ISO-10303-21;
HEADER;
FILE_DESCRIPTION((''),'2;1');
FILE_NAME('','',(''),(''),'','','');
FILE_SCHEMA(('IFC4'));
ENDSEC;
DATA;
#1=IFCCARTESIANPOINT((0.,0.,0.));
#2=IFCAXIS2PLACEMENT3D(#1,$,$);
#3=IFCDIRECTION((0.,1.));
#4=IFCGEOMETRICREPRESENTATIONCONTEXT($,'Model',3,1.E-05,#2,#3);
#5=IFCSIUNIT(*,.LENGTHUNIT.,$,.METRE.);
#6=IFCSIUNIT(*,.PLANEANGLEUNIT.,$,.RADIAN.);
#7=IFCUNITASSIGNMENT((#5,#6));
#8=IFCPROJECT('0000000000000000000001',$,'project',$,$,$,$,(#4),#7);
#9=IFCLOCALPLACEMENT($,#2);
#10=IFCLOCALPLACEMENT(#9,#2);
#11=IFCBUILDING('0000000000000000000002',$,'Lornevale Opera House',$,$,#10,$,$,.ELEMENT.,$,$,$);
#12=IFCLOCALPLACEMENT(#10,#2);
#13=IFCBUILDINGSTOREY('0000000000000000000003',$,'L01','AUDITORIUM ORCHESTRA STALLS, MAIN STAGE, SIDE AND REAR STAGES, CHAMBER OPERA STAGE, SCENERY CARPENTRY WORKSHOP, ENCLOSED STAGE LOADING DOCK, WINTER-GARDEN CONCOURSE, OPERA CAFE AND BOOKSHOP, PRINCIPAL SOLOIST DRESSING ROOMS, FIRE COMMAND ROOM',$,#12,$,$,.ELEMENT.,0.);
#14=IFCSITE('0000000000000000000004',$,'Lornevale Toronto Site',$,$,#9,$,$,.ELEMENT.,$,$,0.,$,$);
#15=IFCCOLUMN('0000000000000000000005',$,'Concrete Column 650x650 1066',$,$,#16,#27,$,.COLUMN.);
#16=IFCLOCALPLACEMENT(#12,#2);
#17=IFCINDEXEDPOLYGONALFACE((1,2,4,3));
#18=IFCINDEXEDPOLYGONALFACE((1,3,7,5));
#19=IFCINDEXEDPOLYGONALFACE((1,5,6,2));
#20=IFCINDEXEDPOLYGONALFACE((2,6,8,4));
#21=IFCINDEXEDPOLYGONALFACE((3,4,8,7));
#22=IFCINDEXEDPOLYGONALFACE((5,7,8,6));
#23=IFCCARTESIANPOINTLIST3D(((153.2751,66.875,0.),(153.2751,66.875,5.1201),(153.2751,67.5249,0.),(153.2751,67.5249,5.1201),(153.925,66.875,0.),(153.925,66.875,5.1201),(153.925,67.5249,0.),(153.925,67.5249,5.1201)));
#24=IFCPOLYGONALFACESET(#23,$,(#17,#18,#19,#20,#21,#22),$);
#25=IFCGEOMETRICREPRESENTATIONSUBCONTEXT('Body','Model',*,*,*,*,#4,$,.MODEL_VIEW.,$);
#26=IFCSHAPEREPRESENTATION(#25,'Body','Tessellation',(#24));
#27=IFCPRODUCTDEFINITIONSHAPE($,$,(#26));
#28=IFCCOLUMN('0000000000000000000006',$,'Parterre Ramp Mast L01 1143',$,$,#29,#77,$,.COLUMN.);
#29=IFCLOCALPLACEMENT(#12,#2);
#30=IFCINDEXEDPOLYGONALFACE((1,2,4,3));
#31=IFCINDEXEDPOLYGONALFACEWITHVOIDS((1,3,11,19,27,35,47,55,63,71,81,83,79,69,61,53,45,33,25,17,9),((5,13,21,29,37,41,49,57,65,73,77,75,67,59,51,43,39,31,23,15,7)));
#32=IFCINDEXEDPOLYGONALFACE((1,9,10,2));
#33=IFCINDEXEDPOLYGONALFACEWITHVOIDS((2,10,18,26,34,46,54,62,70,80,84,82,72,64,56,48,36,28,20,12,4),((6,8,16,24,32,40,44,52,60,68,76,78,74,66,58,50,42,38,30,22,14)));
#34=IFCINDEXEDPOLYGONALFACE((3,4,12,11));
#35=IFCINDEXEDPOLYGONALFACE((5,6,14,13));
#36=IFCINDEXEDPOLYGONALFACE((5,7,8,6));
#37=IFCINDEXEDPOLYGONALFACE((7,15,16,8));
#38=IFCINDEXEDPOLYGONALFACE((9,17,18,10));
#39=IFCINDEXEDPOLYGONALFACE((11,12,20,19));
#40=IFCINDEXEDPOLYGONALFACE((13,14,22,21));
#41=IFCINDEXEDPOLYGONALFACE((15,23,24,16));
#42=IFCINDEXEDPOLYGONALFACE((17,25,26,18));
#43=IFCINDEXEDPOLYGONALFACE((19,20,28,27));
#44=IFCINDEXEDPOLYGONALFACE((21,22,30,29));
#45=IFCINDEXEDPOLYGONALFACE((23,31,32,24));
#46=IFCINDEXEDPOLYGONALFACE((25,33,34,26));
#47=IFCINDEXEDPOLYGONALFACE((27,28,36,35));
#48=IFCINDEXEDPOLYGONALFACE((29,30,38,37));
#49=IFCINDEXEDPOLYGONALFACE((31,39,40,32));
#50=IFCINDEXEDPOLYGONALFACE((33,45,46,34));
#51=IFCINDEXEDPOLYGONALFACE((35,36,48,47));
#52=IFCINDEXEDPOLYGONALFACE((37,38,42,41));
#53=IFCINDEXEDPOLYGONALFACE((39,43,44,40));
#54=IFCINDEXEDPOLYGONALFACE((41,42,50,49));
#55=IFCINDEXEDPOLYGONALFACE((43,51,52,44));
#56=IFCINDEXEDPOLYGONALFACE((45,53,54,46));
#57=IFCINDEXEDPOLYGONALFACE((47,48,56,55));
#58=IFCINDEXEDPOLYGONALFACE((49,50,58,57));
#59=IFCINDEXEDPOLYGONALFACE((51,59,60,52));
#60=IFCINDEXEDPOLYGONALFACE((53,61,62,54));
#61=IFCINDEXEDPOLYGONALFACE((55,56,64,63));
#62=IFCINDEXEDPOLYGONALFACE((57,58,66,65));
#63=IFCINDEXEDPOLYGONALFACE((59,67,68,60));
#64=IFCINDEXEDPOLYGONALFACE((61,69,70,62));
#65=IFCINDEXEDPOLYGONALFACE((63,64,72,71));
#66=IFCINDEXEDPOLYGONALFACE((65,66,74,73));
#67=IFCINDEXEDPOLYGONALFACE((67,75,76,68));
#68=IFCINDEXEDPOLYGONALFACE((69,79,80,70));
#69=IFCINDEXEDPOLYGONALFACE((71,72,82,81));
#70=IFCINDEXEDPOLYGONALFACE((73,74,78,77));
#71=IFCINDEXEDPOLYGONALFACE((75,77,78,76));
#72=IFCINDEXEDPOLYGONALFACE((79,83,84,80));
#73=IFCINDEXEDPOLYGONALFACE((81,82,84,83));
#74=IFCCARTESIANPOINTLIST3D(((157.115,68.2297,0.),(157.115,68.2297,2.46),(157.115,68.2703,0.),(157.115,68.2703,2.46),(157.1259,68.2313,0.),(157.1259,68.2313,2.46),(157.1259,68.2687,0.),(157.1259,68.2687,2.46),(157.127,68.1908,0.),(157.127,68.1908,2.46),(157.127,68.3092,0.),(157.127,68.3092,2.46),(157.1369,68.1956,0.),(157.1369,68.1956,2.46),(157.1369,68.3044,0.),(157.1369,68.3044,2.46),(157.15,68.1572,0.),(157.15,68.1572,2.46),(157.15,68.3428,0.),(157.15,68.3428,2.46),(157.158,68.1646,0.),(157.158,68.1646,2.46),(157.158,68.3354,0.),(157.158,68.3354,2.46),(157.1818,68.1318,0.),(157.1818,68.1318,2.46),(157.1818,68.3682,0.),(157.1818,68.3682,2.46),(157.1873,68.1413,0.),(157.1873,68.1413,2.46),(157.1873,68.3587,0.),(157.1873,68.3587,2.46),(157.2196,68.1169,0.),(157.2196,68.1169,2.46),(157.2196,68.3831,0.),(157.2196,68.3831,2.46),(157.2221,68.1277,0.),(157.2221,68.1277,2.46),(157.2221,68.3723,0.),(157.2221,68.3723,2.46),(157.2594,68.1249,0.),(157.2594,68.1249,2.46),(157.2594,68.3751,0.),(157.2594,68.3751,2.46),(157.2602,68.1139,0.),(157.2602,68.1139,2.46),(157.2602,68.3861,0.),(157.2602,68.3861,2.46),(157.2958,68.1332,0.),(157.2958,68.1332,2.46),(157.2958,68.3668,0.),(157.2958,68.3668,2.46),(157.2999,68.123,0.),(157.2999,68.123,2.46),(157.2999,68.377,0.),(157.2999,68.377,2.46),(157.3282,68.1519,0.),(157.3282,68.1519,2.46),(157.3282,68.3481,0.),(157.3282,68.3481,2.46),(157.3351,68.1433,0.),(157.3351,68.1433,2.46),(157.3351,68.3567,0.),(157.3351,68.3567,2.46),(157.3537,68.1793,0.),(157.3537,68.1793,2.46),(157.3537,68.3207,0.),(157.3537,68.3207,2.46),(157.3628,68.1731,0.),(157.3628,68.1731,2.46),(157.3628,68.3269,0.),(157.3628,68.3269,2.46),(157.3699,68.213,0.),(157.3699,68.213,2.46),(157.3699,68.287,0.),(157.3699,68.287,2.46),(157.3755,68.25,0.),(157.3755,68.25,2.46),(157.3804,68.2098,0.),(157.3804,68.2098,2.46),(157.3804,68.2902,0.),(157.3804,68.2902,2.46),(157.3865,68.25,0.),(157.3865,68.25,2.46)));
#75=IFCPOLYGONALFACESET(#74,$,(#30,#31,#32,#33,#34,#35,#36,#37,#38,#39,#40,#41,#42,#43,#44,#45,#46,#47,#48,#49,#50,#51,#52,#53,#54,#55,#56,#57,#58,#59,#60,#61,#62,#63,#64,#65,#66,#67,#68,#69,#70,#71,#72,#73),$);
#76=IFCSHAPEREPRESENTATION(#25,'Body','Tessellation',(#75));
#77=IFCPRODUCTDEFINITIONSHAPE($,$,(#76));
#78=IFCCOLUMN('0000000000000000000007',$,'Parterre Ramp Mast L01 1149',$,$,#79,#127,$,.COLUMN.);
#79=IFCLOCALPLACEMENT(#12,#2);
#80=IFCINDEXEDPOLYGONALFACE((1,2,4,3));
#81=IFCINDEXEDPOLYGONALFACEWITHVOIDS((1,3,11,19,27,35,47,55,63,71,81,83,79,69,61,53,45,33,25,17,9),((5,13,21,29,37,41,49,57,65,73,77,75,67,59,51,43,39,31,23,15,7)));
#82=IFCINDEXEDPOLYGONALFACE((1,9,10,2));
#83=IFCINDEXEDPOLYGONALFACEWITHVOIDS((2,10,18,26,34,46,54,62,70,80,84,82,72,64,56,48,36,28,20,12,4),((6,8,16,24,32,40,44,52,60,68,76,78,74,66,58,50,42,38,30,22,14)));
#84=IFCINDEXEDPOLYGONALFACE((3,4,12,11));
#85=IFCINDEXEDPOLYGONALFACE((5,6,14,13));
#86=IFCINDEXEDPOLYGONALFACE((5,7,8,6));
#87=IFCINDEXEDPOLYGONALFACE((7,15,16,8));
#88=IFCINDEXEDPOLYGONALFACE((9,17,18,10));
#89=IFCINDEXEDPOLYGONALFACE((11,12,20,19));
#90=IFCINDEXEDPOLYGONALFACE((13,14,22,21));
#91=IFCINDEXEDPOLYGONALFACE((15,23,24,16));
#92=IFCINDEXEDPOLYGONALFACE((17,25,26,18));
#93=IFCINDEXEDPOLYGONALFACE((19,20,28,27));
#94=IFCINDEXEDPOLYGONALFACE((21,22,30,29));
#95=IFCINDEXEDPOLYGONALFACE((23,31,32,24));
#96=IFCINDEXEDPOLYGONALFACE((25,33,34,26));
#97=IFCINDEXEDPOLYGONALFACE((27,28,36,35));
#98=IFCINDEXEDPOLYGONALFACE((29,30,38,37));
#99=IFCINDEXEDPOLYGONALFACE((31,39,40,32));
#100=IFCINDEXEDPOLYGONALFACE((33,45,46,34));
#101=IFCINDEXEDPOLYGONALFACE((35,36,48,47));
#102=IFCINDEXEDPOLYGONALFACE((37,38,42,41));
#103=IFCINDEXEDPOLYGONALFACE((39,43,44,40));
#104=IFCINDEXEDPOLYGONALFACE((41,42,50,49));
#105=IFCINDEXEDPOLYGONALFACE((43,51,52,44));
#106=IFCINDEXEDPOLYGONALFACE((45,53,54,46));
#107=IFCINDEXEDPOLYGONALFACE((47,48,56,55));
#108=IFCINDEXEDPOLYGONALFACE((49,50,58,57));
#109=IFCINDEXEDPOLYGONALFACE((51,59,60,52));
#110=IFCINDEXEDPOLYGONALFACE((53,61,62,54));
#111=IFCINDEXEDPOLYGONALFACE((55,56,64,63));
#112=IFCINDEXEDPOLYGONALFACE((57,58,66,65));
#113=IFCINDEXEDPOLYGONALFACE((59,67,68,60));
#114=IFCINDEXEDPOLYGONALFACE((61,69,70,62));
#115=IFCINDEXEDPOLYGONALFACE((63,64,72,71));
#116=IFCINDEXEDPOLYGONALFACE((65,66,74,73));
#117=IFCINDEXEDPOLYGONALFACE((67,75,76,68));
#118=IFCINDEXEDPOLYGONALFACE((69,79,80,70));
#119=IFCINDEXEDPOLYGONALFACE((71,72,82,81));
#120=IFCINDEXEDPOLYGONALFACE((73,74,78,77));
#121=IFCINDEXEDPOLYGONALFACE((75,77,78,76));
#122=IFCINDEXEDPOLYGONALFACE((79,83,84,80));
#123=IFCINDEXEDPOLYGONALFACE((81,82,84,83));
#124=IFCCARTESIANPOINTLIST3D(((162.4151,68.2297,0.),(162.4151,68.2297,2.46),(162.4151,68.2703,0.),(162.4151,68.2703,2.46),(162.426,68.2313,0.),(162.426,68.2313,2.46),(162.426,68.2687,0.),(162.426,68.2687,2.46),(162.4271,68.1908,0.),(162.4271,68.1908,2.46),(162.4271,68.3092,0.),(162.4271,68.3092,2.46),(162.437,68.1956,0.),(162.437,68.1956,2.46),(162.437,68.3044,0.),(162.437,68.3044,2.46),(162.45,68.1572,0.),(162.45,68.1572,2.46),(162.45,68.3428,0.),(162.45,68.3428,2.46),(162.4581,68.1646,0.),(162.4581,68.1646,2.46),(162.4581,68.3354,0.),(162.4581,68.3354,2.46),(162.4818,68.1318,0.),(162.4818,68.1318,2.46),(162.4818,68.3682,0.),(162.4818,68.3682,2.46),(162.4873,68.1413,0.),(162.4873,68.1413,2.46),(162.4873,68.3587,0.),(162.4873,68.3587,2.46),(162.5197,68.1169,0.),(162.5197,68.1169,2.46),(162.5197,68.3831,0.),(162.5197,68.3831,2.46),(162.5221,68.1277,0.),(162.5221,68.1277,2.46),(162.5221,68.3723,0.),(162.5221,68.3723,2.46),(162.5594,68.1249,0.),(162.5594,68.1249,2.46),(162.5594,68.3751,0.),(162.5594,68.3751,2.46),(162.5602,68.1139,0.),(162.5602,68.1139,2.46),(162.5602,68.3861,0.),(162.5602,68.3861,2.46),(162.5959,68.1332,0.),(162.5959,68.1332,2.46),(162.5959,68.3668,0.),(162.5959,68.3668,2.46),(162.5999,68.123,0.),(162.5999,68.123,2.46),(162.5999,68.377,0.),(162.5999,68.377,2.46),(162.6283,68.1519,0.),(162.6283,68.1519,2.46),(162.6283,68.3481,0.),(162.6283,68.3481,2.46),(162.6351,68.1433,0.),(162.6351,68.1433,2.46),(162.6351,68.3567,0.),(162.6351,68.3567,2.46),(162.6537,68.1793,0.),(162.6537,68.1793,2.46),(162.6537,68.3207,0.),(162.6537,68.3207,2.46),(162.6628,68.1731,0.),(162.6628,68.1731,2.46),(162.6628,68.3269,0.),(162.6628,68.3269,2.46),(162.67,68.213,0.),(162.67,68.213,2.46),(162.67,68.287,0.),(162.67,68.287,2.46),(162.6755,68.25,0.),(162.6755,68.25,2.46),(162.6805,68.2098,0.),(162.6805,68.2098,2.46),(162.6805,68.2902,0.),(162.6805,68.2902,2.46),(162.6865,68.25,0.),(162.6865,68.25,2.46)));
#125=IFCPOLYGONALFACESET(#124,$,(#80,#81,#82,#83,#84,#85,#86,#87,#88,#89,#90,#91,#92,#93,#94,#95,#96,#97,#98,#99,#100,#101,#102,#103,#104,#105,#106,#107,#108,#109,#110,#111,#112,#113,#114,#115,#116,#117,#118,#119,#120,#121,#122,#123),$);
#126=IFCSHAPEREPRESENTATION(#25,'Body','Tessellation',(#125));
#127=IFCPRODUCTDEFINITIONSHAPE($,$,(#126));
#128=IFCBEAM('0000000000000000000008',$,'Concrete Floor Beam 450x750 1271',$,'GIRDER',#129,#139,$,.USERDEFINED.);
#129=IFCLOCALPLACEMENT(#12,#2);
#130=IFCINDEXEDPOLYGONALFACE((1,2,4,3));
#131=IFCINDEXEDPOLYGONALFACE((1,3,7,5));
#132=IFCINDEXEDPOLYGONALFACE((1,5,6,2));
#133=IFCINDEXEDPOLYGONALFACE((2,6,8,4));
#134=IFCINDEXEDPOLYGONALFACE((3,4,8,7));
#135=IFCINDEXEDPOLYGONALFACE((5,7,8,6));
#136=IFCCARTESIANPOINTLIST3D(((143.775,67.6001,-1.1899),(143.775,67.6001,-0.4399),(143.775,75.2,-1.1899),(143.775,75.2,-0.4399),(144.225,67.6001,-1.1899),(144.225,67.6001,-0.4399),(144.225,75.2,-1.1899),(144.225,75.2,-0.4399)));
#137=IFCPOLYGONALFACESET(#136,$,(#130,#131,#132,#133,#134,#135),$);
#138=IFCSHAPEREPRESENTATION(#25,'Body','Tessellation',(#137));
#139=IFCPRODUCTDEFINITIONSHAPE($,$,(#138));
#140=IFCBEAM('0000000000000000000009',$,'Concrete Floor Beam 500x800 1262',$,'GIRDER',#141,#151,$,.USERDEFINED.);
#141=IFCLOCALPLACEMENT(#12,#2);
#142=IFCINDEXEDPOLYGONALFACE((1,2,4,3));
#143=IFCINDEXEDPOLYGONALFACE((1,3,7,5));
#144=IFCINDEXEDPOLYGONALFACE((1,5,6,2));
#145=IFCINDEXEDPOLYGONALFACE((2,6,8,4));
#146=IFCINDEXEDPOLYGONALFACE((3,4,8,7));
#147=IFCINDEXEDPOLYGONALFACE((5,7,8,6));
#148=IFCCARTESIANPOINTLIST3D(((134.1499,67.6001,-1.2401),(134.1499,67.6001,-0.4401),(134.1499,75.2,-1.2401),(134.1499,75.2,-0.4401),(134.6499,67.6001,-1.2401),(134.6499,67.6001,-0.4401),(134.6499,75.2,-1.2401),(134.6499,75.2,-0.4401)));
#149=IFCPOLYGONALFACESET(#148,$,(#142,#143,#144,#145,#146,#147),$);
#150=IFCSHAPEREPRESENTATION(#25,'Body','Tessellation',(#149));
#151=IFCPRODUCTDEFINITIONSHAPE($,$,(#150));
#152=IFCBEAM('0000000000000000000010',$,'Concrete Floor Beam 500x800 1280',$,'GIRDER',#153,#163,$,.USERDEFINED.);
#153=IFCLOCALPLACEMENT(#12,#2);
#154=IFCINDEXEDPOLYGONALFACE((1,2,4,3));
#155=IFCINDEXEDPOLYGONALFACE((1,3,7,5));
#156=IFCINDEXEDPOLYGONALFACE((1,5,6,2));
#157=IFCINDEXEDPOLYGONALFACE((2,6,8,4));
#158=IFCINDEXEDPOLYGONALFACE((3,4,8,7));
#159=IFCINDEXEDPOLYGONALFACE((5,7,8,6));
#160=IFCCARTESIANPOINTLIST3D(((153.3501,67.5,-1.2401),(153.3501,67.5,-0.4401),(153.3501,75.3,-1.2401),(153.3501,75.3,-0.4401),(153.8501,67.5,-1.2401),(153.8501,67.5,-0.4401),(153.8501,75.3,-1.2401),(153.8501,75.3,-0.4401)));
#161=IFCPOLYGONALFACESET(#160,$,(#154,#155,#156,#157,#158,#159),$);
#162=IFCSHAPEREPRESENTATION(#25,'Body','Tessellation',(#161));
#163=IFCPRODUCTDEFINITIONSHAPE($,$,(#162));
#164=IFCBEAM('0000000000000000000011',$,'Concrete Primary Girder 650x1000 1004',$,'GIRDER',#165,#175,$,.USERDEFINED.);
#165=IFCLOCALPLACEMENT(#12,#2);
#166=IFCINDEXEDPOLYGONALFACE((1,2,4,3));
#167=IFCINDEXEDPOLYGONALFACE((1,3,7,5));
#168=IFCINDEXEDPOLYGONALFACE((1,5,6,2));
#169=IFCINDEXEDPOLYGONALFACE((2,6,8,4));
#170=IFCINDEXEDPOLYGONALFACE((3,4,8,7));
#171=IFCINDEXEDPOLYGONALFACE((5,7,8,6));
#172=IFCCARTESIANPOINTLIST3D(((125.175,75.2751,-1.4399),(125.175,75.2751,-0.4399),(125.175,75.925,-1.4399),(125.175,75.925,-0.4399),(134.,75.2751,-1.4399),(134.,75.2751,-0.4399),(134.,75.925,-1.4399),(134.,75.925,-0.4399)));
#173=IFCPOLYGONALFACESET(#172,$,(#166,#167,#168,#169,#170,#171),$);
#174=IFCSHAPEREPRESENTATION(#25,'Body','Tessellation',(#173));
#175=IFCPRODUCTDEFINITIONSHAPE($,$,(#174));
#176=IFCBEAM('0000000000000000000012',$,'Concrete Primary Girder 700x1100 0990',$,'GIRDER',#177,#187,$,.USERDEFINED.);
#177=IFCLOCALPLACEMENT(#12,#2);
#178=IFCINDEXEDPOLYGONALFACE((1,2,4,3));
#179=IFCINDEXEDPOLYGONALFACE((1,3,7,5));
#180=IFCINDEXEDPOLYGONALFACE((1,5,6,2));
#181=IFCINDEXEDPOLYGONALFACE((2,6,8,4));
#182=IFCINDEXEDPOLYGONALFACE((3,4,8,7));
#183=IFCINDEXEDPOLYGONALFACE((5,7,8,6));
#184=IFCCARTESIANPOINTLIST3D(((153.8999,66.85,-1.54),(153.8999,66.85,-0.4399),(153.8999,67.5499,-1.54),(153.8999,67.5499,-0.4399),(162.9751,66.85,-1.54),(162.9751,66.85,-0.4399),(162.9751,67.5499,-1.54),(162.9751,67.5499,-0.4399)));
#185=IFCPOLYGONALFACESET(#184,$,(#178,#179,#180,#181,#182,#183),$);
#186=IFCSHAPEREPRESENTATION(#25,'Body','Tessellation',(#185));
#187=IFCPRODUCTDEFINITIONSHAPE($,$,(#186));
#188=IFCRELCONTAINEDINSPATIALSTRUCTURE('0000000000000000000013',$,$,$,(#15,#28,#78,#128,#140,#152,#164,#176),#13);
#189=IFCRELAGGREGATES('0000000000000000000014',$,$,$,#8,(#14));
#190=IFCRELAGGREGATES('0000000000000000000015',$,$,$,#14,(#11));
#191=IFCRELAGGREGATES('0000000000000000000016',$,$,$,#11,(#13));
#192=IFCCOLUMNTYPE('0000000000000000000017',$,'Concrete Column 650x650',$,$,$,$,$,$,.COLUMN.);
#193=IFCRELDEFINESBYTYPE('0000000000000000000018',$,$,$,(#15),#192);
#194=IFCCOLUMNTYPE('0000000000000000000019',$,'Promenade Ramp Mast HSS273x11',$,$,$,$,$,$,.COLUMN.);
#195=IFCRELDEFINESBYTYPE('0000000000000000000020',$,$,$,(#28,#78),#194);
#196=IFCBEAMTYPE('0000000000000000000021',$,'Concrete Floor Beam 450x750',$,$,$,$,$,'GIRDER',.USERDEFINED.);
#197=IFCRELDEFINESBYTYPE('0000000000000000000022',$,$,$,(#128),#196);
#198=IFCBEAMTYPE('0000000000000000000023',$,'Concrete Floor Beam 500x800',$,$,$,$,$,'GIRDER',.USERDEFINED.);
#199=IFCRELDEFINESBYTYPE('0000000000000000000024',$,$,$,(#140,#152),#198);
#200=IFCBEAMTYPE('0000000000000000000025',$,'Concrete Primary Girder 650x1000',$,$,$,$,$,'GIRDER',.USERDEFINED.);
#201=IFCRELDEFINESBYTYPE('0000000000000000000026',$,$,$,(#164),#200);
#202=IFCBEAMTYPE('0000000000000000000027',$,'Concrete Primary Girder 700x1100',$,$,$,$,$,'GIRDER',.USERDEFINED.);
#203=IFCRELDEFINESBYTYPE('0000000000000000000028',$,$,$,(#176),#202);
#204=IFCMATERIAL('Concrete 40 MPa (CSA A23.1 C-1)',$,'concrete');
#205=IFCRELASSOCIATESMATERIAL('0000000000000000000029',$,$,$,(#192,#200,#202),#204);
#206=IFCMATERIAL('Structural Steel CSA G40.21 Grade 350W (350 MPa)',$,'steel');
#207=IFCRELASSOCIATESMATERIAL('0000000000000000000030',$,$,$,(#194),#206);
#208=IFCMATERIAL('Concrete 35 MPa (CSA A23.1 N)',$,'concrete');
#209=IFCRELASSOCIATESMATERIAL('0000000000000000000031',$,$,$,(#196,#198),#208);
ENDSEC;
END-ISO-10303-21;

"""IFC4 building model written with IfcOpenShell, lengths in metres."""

from ifc_helpers import new_model, si_unit, direction, frame, origin, origin_2d, place, context, subcontext, project, spatial, rectangle, hollow_circle, extrude, material, material_profile, profile_set, type_object, element, save


model = new_model("IFC4")

# Units and contexts
model_context = context("Model", 3, precision=1e-05, world=origin(), true_north=direction((0.0, 1.0)))
body_context = subcontext(model_context, "Body", "Model", "MODEL_VIEW")
ifc_project = project(units=[si_unit("LENGTHUNIT", "METRE"), si_unit("PLANEANGLEUNIT", "RADIAN")], contexts=[model_context])

# Site, building, storey
site_placement = place(None, origin())
site = spatial("IfcSite", under=ifc_project, at=site_placement, Name="Lornevale Toronto Site", CompositionType="ELEMENT", RefElevation=0.0)
building_placement = place(site_placement, origin())
building = spatial("IfcBuilding", under=site, at=building_placement, Name="Lornevale Opera House", CompositionType="ELEMENT")
storey_placement = place(building_placement, origin())
storey = spatial("IfcBuildingStorey", under=building, at=storey_placement, Name="L01", Description="AUDITORIUM ORCHESTRA STALLS, MAIN STAGE, SIDE AND REAR STAGES, CHAMBER OPERA STAGE, SCENERY CARPENTRY WORKSHOP, ENCLOSED STAGE LOADING DOCK, WINTER-GARDEN CONCOURSE, OPERA CAFE AND BOOKSHOP, PRINCIPAL SOLOIST DRESSING ROOMS, FIRE COMMAND ROOM", CompositionType="ELEMENT", Elevation=0.0)

# Columns
ifc_material_1 = material(Name="Concrete 40 MPa (CSA A23.1 C-1)", Category="concrete")
ifc_material_profile_1 = material_profile(ifc_material_1, rectangle(XDim=0.6499, YDim=0.6499, at=origin_2d()), Name="RC650x650")
ifc_profile_set_1 = profile_set([ifc_material_profile_1], Name="Concrete 40 MPa (CSA A23.1 C-1)")
column_type_1 = type_object("IfcColumnType", Name="Concrete Column 650x650", PredefinedType="COLUMN", material=ifc_profile_set_1)
column_placement = place(storey_placement, frame((153.6001, 67.2, 0.0), z_axis=(0.0, 0.0, 1.0), x_axis=(1.0, 0.0, 0.0)))
element("IfcColumn", 1, at=column_placement, inside=storey, type_object=column_type_1, Name="Concrete Column 650x650 1066", PredefinedType="COLUMN", context=body_context, shape_type="SweptSolid", body=[
    extrude(rectangle(XDim=0.6499, YDim=0.6499, at=origin_2d()), origin(), (0.0, 0.0, 1.0), 5.1201),
])
ifc_material_2 = material(Name="Structural Steel CSA G40.21 Grade 350W (350 MPa)", Category="steel")
ifc_material_profile_2 = material_profile(ifc_material_2, hollow_circle(Radius=0.1365, WallThickness=0.011, at=origin_2d()), Name="HSS273x11")
ifc_profile_set_2 = profile_set([ifc_material_profile_2], Name="Structural Steel CSA G40.21 Grade 350W (350 MPa)")
column_type_2 = type_object("IfcColumnType", Name="Promenade Ramp Mast HSS273x11", PredefinedType="COLUMN", material=ifc_profile_set_2)
for number, where, z_axis, x_axis, name in (
    (2, (157.25, 68.25, 0.0), (0.0, 0.0, 1.0), (1.0, 0.0, 0.0), "Parterre Ramp Mast L01 1143"),
    (3, (162.55, 68.25, 0.0), (0.0, 0.0, 1.0), (1.0, 0.0, 0.0), "Parterre Ramp Mast L01 1149"),
):
    element("IfcColumn", number, at=place(storey_placement, frame(where, z_axis=z_axis, x_axis=x_axis)), inside=storey, type_object=column_type_2, Name=name, PredefinedType="COLUMN", context=body_context, shape_type="SweptSolid", body=[
        extrude(hollow_circle(Radius=0.1365, WallThickness=0.011, at=origin_2d()), origin(), (0.0, 0.0, 1.0), 2.46),
    ])

# Beams
ifc_material_3 = material(Name="Concrete 35 MPa (CSA A23.1 N)", Category="concrete")
ifc_material_profile_3 = material_profile(ifc_material_3, rectangle(XDim=0.45, YDim=0.75, at=origin_2d()), Name="RC450x750")
ifc_profile_set_3 = profile_set([ifc_material_profile_3], Name="Concrete 35 MPa (CSA A23.1 N)")
beam_type_1 = type_object("IfcBeamType", Name="Concrete Floor Beam 450x750", ElementType="GIRDER", PredefinedType="USERDEFINED", material=ifc_profile_set_3)
beam_1_placement = place(storey_placement, frame((144.0, 67.6001, -0.8149), z_axis=(0.0, 1.0, 0.0), x_axis=(-1.0, 0.0, 0.0)))
element("IfcBeam", 4, at=beam_1_placement, inside=storey, type_object=beam_type_1, Name="Concrete Floor Beam 450x750 1271", ObjectType="GIRDER", PredefinedType="USERDEFINED", context=body_context, shape_type="SweptSolid", body=[
    extrude(rectangle(XDim=0.45, YDim=0.75, at=origin_2d()), origin(), (0.0, 0.0, 1.0), 7.5999),
])
ifc_material_profile_4 = material_profile(ifc_material_3, rectangle(XDim=0.5, YDim=0.8, at=origin_2d()), Name="RC500x800")
ifc_profile_set_4 = profile_set([ifc_material_profile_4], Name="Concrete 35 MPa (CSA A23.1 N)")
beam_type_2 = type_object("IfcBeamType", Name="Concrete Floor Beam 500x800", ElementType="GIRDER", PredefinedType="USERDEFINED", material=ifc_profile_set_4)
beam_2_placement = place(storey_placement, frame((134.3999, 67.6001, -0.8401), z_axis=(0.0, 1.0, 0.0), x_axis=(-1.0, 0.0, 0.0)))
element("IfcBeam", 5, at=beam_2_placement, inside=storey, type_object=beam_type_2, Name="Concrete Floor Beam 500x800 1262", ObjectType="GIRDER", PredefinedType="USERDEFINED", context=body_context, shape_type="SweptSolid", body=[
    extrude(rectangle(XDim=0.5, YDim=0.8, at=origin_2d()), origin(), (0.0, 0.0, 1.0), 7.5999),
])
beam_3_placement = place(storey_placement, frame((153.6001, 67.5, -0.8401), z_axis=(0.0, 1.0, 0.0), x_axis=(-1.0, 0.0, 0.0)))
element("IfcBeam", 6, at=beam_3_placement, inside=storey, type_object=beam_type_2, Name="Concrete Floor Beam 500x800 1280", ObjectType="GIRDER", PredefinedType="USERDEFINED", context=body_context, shape_type="SweptSolid", body=[
    extrude(rectangle(XDim=0.5, YDim=0.8, at=origin_2d()), origin(), (0.0, 0.0, 1.0), 7.8),
])
ifc_material_profile_5 = material_profile(ifc_material_1, rectangle(XDim=0.6499, YDim=1.0, at=origin_2d()), Name="RC650x1000")
ifc_profile_set_5 = profile_set([ifc_material_profile_5], Name="Concrete 40 MPa (CSA A23.1 C-1)")
beam_type_3 = type_object("IfcBeamType", Name="Concrete Primary Girder 650x1000", ElementType="GIRDER", PredefinedType="USERDEFINED", material=ifc_profile_set_5)
beam_4_placement = place(storey_placement, frame((125.175, 75.6001, -0.9399), z_axis=(1.0, 0.0, 0.0), x_axis=(0.0, 1.0, 0.0)))
element("IfcBeam", 7, at=beam_4_placement, inside=storey, type_object=beam_type_3, Name="Concrete Primary Girder 650x1000 1004", ObjectType="GIRDER", PredefinedType="USERDEFINED", context=body_context, shape_type="SweptSolid", body=[
    extrude(rectangle(XDim=0.6499, YDim=1.0, at=origin_2d()), origin(), (0.0, 0.0, 1.0), 8.825),
])
ifc_material_profile_6 = material_profile(ifc_material_1, rectangle(XDim=0.7, YDim=1.1001, at=origin_2d()), Name="RC700x1100")
ifc_profile_set_6 = profile_set([ifc_material_profile_6], Name="Concrete 40 MPa (CSA A23.1 C-1)")
beam_type_4 = type_object("IfcBeamType", Name="Concrete Primary Girder 700x1100", ElementType="GIRDER", PredefinedType="USERDEFINED", material=ifc_profile_set_6)
beam_5_placement = place(storey_placement, frame((153.8999, 67.2, -0.99), z_axis=(1.0, 0.0, 0.0), x_axis=(0.0, 1.0, 0.0)))
element("IfcBeam", 8, at=beam_5_placement, inside=storey, type_object=beam_type_4, Name="Concrete Primary Girder 700x1100 0990", ObjectType="GIRDER", PredefinedType="USERDEFINED", context=body_context, shape_type="SweptSolid", body=[
    extrude(rectangle(XDim=0.7, YDim=1.1001, at=origin_2d()), origin(), (0.0, 0.0, 1.0), 9.0752),
])

save(model, "model.ifc")
